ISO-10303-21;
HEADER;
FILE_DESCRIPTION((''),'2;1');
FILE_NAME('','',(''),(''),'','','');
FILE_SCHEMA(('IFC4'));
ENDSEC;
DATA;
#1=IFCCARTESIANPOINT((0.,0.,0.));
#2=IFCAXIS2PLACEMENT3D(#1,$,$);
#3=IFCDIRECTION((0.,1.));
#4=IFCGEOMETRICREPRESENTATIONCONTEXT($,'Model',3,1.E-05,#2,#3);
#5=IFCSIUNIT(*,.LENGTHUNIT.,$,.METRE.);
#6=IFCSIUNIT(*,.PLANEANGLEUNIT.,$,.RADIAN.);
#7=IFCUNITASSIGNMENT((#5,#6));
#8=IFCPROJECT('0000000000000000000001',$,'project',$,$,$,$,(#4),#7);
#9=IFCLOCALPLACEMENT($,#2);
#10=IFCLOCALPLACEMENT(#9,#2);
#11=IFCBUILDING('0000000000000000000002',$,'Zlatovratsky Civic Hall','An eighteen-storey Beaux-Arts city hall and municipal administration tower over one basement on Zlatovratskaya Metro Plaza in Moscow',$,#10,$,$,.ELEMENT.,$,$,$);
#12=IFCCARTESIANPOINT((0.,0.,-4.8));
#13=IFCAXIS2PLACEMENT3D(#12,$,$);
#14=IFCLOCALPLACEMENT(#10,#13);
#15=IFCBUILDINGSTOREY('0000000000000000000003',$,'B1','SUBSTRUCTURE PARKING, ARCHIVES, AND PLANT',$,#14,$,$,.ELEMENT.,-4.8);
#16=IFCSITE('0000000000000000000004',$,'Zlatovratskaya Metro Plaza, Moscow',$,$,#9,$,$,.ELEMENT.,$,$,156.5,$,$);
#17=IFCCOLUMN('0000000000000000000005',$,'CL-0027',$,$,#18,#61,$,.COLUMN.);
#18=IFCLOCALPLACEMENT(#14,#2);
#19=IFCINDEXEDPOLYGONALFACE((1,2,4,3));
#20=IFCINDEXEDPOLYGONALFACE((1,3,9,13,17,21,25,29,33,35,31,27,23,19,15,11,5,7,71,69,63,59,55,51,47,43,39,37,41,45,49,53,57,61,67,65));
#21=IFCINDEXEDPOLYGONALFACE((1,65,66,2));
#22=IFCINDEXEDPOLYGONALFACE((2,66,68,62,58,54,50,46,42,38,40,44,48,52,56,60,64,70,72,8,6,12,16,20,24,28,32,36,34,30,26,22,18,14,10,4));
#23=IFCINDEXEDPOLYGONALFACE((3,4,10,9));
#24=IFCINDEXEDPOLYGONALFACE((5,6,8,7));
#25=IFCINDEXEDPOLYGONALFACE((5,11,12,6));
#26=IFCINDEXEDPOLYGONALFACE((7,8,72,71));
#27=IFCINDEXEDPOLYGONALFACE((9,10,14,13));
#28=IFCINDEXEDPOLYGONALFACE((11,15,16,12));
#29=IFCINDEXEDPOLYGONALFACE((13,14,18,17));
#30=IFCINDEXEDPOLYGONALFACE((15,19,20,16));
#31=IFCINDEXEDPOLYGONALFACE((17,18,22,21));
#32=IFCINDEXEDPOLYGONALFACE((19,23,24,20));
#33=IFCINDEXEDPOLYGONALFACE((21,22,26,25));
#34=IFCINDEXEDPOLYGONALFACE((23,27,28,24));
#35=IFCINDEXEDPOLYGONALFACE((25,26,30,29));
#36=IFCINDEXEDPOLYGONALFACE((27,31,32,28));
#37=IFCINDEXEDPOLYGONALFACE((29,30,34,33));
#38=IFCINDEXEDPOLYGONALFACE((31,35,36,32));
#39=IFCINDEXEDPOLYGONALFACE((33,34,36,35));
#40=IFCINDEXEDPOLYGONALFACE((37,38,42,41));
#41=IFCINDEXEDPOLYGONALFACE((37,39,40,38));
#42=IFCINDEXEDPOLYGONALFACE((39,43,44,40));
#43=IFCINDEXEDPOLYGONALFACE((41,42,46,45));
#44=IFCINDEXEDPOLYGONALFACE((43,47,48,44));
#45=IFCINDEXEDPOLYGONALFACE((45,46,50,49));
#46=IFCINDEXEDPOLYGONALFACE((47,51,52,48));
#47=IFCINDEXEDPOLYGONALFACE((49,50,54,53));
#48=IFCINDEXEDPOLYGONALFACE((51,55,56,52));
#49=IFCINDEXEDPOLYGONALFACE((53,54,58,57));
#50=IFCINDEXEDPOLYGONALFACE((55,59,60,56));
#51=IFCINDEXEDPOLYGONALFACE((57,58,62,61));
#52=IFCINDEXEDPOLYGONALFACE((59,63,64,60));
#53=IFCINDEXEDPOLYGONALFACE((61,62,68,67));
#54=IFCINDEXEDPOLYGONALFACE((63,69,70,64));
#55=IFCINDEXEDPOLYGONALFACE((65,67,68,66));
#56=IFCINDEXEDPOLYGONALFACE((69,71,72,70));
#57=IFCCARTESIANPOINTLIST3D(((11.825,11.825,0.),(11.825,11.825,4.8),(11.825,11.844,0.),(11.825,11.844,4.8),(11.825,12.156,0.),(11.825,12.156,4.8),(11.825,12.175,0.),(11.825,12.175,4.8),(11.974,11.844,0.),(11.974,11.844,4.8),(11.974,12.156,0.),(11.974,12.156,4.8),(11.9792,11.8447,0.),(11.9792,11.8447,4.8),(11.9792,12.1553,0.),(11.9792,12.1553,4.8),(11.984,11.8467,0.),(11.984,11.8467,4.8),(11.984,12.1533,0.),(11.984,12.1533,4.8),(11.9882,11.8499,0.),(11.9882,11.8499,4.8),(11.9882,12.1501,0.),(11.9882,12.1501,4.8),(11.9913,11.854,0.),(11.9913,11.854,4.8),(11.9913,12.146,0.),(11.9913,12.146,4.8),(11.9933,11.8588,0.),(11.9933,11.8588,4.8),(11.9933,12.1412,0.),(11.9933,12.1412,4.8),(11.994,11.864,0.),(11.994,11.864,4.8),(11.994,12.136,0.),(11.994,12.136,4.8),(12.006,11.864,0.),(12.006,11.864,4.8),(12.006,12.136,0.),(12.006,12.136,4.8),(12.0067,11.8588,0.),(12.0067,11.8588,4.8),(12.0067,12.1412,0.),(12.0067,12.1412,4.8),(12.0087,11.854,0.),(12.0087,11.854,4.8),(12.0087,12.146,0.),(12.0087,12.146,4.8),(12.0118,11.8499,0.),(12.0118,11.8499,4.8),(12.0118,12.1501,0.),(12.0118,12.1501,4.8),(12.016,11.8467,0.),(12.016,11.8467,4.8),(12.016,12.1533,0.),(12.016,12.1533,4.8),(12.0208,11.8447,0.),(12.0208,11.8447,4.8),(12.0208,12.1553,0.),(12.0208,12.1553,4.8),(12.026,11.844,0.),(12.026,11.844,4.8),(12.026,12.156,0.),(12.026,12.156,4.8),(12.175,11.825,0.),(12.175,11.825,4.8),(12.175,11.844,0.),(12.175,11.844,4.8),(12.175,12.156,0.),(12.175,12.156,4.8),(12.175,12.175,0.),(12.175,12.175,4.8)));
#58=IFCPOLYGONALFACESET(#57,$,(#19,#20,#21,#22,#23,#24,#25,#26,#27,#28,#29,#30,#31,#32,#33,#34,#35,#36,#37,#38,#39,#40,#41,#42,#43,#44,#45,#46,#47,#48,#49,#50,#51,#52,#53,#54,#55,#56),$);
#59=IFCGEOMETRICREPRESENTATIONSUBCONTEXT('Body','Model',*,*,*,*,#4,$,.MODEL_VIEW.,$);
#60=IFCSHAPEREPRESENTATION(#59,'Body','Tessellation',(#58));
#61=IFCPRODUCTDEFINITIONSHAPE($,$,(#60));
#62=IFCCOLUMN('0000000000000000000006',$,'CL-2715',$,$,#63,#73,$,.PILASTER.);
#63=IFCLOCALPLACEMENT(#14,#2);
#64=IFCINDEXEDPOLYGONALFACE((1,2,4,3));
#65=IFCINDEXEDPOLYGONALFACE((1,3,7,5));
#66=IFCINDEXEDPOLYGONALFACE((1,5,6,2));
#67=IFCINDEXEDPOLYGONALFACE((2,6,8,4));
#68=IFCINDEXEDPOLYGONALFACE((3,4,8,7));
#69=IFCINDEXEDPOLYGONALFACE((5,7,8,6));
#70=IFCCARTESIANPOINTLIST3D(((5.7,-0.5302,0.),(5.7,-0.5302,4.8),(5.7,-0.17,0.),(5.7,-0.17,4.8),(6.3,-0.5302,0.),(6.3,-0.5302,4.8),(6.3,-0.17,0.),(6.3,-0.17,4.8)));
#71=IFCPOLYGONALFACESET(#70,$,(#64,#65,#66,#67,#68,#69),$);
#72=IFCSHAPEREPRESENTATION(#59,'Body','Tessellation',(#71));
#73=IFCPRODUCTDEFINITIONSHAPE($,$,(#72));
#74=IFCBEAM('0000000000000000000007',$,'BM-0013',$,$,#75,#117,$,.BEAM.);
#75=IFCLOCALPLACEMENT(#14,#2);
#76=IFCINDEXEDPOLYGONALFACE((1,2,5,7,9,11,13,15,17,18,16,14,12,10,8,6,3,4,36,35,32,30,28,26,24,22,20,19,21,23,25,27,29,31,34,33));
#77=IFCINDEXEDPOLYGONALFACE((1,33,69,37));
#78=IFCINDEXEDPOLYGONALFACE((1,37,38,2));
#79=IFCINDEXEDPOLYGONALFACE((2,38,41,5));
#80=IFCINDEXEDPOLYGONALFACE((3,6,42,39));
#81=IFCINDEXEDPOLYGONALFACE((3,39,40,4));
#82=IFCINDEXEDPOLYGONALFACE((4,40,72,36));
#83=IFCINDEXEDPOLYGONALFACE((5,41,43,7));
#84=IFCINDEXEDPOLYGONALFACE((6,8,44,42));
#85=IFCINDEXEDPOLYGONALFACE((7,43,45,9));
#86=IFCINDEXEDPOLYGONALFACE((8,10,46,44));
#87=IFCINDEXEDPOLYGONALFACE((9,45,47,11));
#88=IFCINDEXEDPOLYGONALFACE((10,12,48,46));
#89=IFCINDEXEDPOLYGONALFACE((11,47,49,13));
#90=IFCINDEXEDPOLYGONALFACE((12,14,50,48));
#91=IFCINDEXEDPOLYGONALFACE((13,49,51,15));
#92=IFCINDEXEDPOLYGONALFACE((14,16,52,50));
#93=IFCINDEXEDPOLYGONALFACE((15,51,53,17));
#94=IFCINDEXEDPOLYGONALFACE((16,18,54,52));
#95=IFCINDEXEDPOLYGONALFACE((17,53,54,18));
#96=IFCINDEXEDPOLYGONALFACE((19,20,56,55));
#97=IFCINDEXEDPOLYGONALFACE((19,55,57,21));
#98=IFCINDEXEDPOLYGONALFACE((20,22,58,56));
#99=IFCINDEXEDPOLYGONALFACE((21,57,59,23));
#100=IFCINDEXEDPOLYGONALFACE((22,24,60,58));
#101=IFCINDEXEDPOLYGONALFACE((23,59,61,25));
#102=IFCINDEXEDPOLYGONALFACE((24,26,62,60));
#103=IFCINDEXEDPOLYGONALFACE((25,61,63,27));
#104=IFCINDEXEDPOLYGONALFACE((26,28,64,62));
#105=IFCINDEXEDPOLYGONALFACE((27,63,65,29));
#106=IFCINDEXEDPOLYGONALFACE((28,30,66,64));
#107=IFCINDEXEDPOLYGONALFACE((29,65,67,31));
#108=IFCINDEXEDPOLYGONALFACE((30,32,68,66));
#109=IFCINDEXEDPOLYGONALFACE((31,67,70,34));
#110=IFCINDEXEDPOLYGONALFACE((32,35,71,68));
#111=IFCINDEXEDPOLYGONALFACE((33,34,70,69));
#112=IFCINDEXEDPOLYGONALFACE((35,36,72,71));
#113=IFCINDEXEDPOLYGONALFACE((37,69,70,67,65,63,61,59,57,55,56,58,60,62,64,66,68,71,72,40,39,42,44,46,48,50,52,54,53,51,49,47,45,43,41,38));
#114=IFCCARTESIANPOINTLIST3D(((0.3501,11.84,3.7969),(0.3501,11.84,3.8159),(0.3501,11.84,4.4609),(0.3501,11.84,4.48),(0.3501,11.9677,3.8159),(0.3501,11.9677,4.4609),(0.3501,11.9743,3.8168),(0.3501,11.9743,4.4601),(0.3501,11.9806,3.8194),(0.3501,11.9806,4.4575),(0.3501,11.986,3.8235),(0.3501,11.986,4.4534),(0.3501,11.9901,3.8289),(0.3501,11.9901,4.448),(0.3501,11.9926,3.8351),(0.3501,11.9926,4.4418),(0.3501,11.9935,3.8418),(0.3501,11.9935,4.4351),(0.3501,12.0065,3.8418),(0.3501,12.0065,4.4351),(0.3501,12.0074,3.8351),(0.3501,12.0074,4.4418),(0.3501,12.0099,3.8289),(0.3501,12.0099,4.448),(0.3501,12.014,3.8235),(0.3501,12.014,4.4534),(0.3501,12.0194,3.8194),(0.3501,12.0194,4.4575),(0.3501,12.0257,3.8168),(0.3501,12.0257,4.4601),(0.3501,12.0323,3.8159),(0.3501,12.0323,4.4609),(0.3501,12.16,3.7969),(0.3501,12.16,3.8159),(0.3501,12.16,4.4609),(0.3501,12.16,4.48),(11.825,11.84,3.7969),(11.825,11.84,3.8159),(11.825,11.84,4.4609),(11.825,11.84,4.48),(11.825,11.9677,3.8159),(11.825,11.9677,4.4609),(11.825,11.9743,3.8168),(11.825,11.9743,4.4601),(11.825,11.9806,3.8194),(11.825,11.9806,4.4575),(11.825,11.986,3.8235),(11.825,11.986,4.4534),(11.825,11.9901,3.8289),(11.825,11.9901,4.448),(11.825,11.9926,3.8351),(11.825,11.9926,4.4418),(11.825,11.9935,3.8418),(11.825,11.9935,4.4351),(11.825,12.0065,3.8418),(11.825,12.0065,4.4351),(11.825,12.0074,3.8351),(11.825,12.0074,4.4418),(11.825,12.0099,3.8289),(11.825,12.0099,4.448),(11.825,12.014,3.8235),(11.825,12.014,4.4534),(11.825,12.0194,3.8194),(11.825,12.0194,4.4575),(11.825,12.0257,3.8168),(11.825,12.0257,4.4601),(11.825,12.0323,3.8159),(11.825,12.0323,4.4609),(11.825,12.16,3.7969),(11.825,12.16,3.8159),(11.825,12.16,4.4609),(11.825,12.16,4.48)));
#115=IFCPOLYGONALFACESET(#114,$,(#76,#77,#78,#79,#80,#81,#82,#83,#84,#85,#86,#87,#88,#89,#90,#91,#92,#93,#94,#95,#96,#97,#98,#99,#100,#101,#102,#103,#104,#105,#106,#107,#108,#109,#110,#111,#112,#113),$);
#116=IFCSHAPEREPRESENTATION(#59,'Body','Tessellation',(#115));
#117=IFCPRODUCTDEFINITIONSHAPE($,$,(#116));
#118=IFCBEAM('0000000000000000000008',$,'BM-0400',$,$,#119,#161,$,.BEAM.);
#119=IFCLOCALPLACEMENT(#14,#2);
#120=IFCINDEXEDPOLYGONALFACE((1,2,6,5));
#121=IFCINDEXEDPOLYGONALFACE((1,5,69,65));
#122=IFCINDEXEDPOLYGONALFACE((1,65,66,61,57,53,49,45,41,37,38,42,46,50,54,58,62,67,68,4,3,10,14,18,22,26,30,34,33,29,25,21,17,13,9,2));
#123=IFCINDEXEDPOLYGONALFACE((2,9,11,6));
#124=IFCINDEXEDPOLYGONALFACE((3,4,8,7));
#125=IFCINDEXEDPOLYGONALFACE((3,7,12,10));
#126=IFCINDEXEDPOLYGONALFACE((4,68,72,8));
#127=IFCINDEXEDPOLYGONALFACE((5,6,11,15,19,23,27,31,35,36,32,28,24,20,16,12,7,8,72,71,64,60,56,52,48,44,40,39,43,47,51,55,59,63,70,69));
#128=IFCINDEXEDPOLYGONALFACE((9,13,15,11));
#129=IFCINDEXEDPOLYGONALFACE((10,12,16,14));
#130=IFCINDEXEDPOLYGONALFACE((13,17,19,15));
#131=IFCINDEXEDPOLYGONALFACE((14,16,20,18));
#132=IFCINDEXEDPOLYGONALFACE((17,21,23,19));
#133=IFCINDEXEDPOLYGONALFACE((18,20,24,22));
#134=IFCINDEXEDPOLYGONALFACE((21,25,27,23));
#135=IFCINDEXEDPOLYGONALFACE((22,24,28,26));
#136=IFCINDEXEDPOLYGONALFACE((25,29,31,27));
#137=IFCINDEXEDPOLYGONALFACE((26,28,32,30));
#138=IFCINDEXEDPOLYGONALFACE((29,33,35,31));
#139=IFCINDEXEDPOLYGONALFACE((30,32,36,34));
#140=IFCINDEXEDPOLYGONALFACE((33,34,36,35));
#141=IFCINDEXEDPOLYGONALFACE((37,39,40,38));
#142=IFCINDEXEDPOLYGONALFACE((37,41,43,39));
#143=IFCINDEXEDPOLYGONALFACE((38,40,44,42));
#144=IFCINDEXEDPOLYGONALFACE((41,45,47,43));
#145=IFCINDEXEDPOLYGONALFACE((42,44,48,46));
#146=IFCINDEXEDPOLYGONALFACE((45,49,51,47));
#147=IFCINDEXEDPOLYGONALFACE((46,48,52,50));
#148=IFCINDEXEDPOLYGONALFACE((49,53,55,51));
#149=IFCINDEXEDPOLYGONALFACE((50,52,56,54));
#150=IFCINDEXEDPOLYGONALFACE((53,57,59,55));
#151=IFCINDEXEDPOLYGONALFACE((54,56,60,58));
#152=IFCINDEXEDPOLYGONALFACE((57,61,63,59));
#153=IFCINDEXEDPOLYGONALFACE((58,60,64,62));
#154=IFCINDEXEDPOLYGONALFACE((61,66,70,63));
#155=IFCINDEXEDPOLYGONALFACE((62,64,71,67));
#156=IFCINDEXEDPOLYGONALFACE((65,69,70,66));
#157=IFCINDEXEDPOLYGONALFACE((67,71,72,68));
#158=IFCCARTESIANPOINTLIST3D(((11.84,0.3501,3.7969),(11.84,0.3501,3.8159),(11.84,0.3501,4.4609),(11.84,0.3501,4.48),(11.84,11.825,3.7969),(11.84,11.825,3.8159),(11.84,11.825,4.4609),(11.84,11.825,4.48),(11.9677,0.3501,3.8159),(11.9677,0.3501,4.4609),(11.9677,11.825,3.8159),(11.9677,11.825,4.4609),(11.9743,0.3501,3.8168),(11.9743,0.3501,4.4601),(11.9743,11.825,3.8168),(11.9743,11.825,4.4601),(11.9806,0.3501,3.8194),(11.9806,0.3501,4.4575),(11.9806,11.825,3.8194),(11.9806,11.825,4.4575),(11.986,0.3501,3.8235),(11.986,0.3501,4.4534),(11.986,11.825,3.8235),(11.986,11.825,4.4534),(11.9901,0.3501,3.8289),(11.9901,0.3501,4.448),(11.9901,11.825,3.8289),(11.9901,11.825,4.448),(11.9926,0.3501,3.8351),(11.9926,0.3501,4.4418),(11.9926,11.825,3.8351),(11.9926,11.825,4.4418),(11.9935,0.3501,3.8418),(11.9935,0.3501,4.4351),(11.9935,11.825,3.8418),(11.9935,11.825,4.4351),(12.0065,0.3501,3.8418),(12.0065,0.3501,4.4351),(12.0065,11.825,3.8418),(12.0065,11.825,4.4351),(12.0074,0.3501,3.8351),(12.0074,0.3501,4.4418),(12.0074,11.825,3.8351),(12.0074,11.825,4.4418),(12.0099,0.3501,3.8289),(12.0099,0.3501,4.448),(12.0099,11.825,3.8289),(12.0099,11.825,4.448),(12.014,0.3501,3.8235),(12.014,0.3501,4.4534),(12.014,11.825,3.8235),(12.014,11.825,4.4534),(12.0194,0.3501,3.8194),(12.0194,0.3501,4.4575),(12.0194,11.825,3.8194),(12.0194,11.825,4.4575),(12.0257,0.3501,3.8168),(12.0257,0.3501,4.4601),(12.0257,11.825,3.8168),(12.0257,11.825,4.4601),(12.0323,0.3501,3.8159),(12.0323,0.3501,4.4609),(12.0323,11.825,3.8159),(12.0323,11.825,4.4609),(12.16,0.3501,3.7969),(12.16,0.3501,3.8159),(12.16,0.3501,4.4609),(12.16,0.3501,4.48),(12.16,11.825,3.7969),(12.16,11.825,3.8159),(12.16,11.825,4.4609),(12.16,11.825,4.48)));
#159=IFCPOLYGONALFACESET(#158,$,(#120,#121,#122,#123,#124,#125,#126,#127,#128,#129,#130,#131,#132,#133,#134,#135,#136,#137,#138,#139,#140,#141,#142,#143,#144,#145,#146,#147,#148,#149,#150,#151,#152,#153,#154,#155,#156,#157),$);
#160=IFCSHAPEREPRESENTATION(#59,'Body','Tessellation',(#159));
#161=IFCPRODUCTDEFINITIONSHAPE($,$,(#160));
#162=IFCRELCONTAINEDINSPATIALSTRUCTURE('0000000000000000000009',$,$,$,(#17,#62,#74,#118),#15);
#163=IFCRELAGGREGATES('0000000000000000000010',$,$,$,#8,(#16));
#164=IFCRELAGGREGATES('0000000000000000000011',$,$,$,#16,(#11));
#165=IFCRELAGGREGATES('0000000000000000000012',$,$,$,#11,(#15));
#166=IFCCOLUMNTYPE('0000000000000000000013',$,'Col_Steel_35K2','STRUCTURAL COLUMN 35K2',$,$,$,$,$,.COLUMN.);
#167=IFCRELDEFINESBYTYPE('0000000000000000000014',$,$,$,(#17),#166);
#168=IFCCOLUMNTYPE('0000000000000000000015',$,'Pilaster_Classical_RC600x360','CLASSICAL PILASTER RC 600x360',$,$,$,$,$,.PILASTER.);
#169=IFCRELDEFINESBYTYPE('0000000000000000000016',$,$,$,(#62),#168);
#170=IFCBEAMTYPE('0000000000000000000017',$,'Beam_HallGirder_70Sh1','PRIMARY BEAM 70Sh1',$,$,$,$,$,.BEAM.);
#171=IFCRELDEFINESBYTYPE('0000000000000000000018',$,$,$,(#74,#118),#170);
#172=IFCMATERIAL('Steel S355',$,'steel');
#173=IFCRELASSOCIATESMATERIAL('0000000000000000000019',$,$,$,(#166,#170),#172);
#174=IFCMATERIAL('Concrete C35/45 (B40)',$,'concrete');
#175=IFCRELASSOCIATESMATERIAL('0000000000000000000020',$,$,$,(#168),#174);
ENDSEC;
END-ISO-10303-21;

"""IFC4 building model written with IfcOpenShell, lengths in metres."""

from ifc_helpers import new_model, si_unit, direction, frame, origin, origin_2d, place, context, subcontext, project, spatial, rectangle, i_section, extrude, material, material_profile, profile_set, type_object, element, save


model = new_model("IFC4")

# Units and contexts
model_context = context("Model", 3, precision=1e-05, world=origin(), true_north=direction((0.0, 1.0)))
body_context = subcontext(model_context, "Body", "Model", "MODEL_VIEW")
ifc_project = project(units=[si_unit("LENGTHUNIT", "METRE"), si_unit("PLANEANGLEUNIT", "RADIAN")], contexts=[model_context])

# Site, building, storey
site_placement = place(None, origin())
site = spatial("IfcSite", under=ifc_project, at=site_placement, Name="Zlatovratskaya Metro Plaza, Moscow", CompositionType="ELEMENT", RefElevation=156.5)
building_placement = place(site_placement, origin())
building = spatial("IfcBuilding", under=site, at=building_placement, Name="Zlatovratsky Civic Hall", Description="An eighteen-storey Beaux-Arts city hall and municipal administration tower over one basement on Zlatovratskaya Metro Plaza in Moscow", CompositionType="ELEMENT")
storey_placement = place(building_placement, frame((0.0, 0.0, -4.8)))
storey = spatial("IfcBuildingStorey", under=building, at=storey_placement, Name="B1", Description="SUBSTRUCTURE PARKING, ARCHIVES, AND PLANT", CompositionType="ELEMENT", Elevation=-4.8)

# Columns
ifc_material_1 = material(Name="Concrete C35/45 (B40)", Category="concrete")
ifc_material_2 = material(Name="Steel S355", Category="steel")
ifc_material_profile_1 = material_profile(ifc_material_2, i_section(OverallWidth=0.3501, OverallDepth=0.3501, WebThickness=0.012, FlangeThickness=0.019, FilletRadius=0.02, at=origin_2d()), Name="35K2")
ifc_profile_set_1 = profile_set([ifc_material_profile_1], Name="Steel S355")
column_type_1 = type_object("IfcColumnType", Name="Col_Steel_35K2", Description="STRUCTURAL COLUMN 35K2", PredefinedType="COLUMN", material=ifc_profile_set_1)
column_1_placement = place(storey_placement, frame((12.0, 12.0, 0.0), z_axis=(0.0, 0.0, 1.0), x_axis=(1.0, 0.0, 0.0)))
element("IfcColumn", 1, at=column_1_placement, inside=storey, type_object=column_type_1, Name="CL-0027", PredefinedType="COLUMN", context=body_context, shape_type="SweptSolid", body=[
    extrude(i_section(OverallWidth=0.3501, OverallDepth=0.3501, WebThickness=0.012, FlangeThickness=0.019, FilletRadius=0.02, at=origin_2d()), origin(), (0.0, 0.0, 1.0), 4.8),
])
ifc_material_profile_2 = material_profile(ifc_material_1, rectangle(XDim=0.6001, YDim=0.3601, at=origin_2d()), Name="RC 600x360")
ifc_profile_set_2 = profile_set([ifc_material_profile_2], Name="Concrete C35/45 (B40)")
column_type_2 = type_object("IfcColumnType", Name="Pilaster_Classical_RC600x360", Description="CLASSICAL PILASTER RC 600x360", PredefinedType="PILASTER", material=ifc_profile_set_2)
column_2_placement = place(storey_placement, frame((6.0, -0.3501, 0.0), z_axis=(0.0, 0.0, 1.0), x_axis=(1.0, 0.0, 0.0)))
element("IfcColumn", 2, at=column_2_placement, inside=storey, type_object=column_type_2, Name="CL-2715", PredefinedType="PILASTER", context=body_context, shape_type="SweptSolid", body=[
    extrude(rectangle(XDim=0.6001, YDim=0.3601, at=origin_2d()), origin(), (0.0, 0.0, 1.0), 4.8),
])

# Beams
ifc_material_profile_3 = material_profile(ifc_material_2, i_section(OverallWidth=0.3201, OverallDepth=0.6831, WebThickness=0.0129, FlangeThickness=0.019, FilletRadius=0.0259, at=origin_2d()), Name="70Sh1")
ifc_profile_set_3 = profile_set([ifc_material_profile_3], Name="Steel S355")
beam_type_1 = type_object("IfcBeamType", Name="Beam_HallGirder_70Sh1", Description="PRIMARY BEAM 70Sh1", PredefinedType="BEAM", material=ifc_profile_set_3)
for number, where, z_axis, x_axis, name in (
    (3, (0.3501, 12.0, 4.1384), (1.0, 0.0, 0.0), (0.0, 1.0, 0.0), "BM-0013"),
    (4, (12.0, 0.3501, 4.1384), (0.0, 1.0, 0.0), (-1.0, 0.0, 0.0), "BM-0400"),
):
    element("IfcBeam", number, at=place(storey_placement, frame(where, z_axis=z_axis, x_axis=x_axis)), inside=storey, type_object=beam_type_1, Name=name, PredefinedType="BEAM", context=body_context, shape_type="SweptSolid", body=[
        extrude(i_section(OverallWidth=0.3201, OverallDepth=0.6831, WebThickness=0.0129, FlangeThickness=0.019, FilletRadius=0.0259, at=origin_2d()), origin(), (0.0, 0.0, 1.0), 11.4749),
    ])

save(model, "model.ifc")
